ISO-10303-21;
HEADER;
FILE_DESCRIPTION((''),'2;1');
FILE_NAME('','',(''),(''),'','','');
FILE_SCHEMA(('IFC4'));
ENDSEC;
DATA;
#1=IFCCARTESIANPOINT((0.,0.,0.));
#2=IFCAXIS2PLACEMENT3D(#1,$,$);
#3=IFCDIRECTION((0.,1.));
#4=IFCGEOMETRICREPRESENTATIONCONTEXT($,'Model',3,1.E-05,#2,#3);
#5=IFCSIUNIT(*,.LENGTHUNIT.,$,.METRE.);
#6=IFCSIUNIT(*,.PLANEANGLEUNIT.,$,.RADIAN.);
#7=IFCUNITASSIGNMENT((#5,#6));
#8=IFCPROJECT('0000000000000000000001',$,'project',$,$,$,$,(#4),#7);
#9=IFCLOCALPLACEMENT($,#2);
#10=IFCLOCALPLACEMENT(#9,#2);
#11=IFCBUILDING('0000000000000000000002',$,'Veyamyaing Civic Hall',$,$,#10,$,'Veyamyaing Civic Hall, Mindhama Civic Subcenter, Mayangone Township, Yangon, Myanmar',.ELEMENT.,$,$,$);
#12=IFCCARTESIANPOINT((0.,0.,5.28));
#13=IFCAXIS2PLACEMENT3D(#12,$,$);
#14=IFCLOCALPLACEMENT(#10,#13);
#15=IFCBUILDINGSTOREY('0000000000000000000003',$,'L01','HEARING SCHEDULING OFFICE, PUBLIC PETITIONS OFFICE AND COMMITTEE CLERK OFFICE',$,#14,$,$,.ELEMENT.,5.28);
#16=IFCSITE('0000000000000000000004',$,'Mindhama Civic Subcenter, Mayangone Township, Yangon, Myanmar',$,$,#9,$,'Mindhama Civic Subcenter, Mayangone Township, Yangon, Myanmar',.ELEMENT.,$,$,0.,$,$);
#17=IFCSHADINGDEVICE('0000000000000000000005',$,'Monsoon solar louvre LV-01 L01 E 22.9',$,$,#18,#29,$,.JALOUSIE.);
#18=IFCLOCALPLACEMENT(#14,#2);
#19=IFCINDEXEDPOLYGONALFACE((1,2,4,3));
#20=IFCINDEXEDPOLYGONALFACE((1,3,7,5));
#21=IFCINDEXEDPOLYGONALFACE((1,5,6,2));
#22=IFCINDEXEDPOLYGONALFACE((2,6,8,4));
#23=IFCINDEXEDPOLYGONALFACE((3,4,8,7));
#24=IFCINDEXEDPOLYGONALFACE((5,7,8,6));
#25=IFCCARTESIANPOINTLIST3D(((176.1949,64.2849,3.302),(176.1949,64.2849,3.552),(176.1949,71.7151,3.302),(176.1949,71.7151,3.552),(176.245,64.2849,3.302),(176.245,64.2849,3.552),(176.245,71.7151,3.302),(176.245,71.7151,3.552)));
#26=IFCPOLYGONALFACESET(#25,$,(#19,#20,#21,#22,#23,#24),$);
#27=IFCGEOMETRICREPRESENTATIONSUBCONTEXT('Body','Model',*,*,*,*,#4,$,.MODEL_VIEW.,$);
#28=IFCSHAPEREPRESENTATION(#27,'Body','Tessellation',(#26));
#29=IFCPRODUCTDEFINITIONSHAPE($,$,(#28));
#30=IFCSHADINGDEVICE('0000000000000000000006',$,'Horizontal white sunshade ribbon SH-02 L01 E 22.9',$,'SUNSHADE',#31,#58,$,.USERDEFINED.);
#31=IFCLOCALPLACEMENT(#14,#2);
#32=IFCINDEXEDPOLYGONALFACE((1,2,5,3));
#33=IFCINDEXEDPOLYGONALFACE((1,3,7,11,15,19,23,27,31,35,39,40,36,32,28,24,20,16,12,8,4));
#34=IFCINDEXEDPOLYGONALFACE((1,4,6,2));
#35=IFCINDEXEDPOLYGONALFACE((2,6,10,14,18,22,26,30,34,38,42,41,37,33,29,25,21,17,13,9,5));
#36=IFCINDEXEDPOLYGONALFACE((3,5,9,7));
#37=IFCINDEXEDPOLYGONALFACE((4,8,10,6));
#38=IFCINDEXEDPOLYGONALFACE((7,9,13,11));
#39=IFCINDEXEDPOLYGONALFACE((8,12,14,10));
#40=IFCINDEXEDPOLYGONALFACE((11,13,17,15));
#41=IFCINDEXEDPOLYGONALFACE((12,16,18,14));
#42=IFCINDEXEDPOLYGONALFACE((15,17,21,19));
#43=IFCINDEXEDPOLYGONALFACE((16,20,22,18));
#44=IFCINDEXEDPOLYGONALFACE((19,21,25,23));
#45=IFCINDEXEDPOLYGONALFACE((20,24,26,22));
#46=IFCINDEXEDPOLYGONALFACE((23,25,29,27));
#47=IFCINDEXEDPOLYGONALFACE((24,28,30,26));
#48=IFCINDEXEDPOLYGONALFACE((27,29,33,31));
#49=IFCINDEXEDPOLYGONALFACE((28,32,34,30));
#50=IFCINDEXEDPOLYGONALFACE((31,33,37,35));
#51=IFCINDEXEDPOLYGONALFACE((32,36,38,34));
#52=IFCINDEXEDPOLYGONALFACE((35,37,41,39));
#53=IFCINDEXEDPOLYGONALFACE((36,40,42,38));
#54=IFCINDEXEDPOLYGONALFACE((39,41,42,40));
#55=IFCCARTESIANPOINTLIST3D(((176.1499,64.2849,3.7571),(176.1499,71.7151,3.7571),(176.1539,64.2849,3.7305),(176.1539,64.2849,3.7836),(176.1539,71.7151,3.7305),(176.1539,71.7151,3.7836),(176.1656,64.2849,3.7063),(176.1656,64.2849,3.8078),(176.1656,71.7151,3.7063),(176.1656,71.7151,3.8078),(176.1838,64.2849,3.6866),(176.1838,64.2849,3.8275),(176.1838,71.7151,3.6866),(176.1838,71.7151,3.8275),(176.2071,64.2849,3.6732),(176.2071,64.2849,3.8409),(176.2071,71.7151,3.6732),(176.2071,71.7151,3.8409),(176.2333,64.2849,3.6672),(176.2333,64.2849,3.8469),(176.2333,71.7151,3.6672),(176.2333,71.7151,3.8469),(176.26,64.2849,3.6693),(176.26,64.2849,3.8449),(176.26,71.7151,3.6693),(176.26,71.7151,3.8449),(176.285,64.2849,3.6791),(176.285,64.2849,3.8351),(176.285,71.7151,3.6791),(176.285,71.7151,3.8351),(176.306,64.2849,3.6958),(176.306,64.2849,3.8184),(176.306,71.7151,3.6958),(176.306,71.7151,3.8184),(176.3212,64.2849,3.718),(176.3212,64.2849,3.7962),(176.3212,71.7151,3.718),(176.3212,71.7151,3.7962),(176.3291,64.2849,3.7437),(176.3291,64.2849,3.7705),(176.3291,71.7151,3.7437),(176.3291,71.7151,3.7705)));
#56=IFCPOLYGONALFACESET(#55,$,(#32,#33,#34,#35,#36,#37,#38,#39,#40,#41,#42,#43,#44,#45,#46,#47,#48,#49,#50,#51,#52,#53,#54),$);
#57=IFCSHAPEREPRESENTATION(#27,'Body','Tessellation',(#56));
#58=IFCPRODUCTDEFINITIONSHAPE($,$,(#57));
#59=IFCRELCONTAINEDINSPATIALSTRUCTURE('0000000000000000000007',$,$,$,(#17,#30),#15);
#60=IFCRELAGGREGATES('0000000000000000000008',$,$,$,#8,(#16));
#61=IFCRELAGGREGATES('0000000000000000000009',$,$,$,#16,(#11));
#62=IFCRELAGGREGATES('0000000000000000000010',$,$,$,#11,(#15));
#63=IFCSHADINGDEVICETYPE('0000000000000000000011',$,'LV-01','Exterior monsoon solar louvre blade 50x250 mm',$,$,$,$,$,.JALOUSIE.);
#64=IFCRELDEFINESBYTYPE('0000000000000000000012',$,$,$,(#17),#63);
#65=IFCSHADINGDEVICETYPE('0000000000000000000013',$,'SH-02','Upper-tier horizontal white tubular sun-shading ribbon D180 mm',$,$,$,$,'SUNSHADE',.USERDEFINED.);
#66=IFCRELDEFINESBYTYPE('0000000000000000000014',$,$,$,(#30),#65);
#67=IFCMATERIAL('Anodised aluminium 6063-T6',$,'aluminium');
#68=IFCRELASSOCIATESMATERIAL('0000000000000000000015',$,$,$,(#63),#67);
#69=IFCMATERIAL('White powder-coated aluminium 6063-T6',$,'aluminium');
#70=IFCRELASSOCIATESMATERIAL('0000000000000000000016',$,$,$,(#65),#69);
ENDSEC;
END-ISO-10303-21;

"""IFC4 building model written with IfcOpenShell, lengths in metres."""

from ifc_helpers import new_model, si_unit, direction, frame, origin, origin_2d, place, context, subcontext, project, spatial, rectangle, circle, extrude, material, material_profile, profile_set, type_object, element, save


model = new_model("IFC4")

# Units and contexts
model_context = context("Model", 3, precision=1e-05, world=origin(), true_north=direction((0.0, 1.0)))
body_context = subcontext(model_context, "Body", "Model", "MODEL_VIEW")
ifc_project = project(units=[si_unit("LENGTHUNIT", "METRE"), si_unit("PLANEANGLEUNIT", "RADIAN")], contexts=[model_context])

# Site, building, storey
site_placement = place(None, origin())
site = spatial("IfcSite", under=ifc_project, at=site_placement, Name="Mindhama Civic Subcenter, Mayangone Township, Yangon, Myanmar", LongName="Mindhama Civic Subcenter, Mayangone Township, Yangon, Myanmar", CompositionType="ELEMENT", RefElevation=0.0)
building_placement = place(site_placement, origin())
building = spatial("IfcBuilding", under=site, at=building_placement, Name="Veyamyaing Civic Hall", LongName="Veyamyaing Civic Hall, Mindhama Civic Subcenter, Mayangone Township, Yangon, Myanmar", CompositionType="ELEMENT")
storey_placement = place(building_placement, frame((0.0, 0.0, 5.28)))
storey = spatial("IfcBuildingStorey", under=building, at=storey_placement, Name="L01", Description="HEARING SCHEDULING OFFICE, PUBLIC PETITIONS OFFICE AND COMMITTEE CLERK OFFICE", CompositionType="ELEMENT", Elevation=5.28)

# Shared definitions
ifc_material_1 = material(Name="Anodised aluminium 6063-T6", Category="aluminium")

# Shading devices
ifc_material_profile_1 = material_profile(ifc_material_1, rectangle(XDim=0.05, YDim=0.25, at=origin_2d()), Name="LOUVRE-BLADE-50X250")
ifc_profile_set_1 = profile_set([ifc_material_profile_1], Name="Anodised aluminium 6063-T6")
shading_device_type_1 = type_object("IfcShadingDeviceType", Name="LV-01", Description="Exterior monsoon solar louvre blade 50x250 mm", PredefinedType="JALOUSIE", material=ifc_profile_set_1)
shading_device_1_placement = place(storey_placement, frame((176.22, 64.2849, 3.427), z_axis=(0.0, 1.0, 0.0), x_axis=(-1.0, 0.0, 0.0)))
element("IfcShadingDevice", 1, at=shading_device_1_placement, inside=storey, type_object=shading_device_type_1, Name="Monsoon solar louvre LV-01 L01 E 22.9", PredefinedType="JALOUSIE", context=body_context, shape_type="SweptSolid", body=[
    extrude(rectangle(XDim=0.05, YDim=0.25, at=origin_2d()), origin(), (0.0, 0.0, 1.0), 7.4302),
])
ifc_material_2 = material(Name="White powder-coated aluminium 6063-T6", Category="aluminium")
ifc_material_profile_2 = material_profile(ifc_material_2, circle(Radius=0.0901, at=origin_2d()), Name="SHADE-TUBE-180")
ifc_profile_set_2 = profile_set([ifc_material_profile_2], Name="White powder-coated aluminium 6063-T6")
shading_device_type_2 = type_object("IfcShadingDeviceType", Name="SH-02", Description="Upper-tier horizontal white tubular sun-shading ribbon D180 mm", ElementType="SUNSHADE", PredefinedType="USERDEFINED", material=ifc_profile_set_2)
shading_device_2_placement = place(storey_placement, frame((176.24, 64.2849, 3.7571), z_axis=(0.0, 1.0, 0.0), x_axis=(-1.0, 0.0, 0.0)))
element("IfcShadingDevice", 2, at=shading_device_2_placement, inside=storey, type_object=shading_device_type_2, Name="Horizontal white sunshade ribbon SH-02 L01 E 22.9", ObjectType="SUNSHADE", PredefinedType="USERDEFINED", context=body_context, shape_type="SweptSolid", body=[
    extrude(circle(Radius=0.0901, at=origin_2d()), origin(), (0.0, 0.0, 1.0), 7.4302),
])

save(model, "model.ifc")
